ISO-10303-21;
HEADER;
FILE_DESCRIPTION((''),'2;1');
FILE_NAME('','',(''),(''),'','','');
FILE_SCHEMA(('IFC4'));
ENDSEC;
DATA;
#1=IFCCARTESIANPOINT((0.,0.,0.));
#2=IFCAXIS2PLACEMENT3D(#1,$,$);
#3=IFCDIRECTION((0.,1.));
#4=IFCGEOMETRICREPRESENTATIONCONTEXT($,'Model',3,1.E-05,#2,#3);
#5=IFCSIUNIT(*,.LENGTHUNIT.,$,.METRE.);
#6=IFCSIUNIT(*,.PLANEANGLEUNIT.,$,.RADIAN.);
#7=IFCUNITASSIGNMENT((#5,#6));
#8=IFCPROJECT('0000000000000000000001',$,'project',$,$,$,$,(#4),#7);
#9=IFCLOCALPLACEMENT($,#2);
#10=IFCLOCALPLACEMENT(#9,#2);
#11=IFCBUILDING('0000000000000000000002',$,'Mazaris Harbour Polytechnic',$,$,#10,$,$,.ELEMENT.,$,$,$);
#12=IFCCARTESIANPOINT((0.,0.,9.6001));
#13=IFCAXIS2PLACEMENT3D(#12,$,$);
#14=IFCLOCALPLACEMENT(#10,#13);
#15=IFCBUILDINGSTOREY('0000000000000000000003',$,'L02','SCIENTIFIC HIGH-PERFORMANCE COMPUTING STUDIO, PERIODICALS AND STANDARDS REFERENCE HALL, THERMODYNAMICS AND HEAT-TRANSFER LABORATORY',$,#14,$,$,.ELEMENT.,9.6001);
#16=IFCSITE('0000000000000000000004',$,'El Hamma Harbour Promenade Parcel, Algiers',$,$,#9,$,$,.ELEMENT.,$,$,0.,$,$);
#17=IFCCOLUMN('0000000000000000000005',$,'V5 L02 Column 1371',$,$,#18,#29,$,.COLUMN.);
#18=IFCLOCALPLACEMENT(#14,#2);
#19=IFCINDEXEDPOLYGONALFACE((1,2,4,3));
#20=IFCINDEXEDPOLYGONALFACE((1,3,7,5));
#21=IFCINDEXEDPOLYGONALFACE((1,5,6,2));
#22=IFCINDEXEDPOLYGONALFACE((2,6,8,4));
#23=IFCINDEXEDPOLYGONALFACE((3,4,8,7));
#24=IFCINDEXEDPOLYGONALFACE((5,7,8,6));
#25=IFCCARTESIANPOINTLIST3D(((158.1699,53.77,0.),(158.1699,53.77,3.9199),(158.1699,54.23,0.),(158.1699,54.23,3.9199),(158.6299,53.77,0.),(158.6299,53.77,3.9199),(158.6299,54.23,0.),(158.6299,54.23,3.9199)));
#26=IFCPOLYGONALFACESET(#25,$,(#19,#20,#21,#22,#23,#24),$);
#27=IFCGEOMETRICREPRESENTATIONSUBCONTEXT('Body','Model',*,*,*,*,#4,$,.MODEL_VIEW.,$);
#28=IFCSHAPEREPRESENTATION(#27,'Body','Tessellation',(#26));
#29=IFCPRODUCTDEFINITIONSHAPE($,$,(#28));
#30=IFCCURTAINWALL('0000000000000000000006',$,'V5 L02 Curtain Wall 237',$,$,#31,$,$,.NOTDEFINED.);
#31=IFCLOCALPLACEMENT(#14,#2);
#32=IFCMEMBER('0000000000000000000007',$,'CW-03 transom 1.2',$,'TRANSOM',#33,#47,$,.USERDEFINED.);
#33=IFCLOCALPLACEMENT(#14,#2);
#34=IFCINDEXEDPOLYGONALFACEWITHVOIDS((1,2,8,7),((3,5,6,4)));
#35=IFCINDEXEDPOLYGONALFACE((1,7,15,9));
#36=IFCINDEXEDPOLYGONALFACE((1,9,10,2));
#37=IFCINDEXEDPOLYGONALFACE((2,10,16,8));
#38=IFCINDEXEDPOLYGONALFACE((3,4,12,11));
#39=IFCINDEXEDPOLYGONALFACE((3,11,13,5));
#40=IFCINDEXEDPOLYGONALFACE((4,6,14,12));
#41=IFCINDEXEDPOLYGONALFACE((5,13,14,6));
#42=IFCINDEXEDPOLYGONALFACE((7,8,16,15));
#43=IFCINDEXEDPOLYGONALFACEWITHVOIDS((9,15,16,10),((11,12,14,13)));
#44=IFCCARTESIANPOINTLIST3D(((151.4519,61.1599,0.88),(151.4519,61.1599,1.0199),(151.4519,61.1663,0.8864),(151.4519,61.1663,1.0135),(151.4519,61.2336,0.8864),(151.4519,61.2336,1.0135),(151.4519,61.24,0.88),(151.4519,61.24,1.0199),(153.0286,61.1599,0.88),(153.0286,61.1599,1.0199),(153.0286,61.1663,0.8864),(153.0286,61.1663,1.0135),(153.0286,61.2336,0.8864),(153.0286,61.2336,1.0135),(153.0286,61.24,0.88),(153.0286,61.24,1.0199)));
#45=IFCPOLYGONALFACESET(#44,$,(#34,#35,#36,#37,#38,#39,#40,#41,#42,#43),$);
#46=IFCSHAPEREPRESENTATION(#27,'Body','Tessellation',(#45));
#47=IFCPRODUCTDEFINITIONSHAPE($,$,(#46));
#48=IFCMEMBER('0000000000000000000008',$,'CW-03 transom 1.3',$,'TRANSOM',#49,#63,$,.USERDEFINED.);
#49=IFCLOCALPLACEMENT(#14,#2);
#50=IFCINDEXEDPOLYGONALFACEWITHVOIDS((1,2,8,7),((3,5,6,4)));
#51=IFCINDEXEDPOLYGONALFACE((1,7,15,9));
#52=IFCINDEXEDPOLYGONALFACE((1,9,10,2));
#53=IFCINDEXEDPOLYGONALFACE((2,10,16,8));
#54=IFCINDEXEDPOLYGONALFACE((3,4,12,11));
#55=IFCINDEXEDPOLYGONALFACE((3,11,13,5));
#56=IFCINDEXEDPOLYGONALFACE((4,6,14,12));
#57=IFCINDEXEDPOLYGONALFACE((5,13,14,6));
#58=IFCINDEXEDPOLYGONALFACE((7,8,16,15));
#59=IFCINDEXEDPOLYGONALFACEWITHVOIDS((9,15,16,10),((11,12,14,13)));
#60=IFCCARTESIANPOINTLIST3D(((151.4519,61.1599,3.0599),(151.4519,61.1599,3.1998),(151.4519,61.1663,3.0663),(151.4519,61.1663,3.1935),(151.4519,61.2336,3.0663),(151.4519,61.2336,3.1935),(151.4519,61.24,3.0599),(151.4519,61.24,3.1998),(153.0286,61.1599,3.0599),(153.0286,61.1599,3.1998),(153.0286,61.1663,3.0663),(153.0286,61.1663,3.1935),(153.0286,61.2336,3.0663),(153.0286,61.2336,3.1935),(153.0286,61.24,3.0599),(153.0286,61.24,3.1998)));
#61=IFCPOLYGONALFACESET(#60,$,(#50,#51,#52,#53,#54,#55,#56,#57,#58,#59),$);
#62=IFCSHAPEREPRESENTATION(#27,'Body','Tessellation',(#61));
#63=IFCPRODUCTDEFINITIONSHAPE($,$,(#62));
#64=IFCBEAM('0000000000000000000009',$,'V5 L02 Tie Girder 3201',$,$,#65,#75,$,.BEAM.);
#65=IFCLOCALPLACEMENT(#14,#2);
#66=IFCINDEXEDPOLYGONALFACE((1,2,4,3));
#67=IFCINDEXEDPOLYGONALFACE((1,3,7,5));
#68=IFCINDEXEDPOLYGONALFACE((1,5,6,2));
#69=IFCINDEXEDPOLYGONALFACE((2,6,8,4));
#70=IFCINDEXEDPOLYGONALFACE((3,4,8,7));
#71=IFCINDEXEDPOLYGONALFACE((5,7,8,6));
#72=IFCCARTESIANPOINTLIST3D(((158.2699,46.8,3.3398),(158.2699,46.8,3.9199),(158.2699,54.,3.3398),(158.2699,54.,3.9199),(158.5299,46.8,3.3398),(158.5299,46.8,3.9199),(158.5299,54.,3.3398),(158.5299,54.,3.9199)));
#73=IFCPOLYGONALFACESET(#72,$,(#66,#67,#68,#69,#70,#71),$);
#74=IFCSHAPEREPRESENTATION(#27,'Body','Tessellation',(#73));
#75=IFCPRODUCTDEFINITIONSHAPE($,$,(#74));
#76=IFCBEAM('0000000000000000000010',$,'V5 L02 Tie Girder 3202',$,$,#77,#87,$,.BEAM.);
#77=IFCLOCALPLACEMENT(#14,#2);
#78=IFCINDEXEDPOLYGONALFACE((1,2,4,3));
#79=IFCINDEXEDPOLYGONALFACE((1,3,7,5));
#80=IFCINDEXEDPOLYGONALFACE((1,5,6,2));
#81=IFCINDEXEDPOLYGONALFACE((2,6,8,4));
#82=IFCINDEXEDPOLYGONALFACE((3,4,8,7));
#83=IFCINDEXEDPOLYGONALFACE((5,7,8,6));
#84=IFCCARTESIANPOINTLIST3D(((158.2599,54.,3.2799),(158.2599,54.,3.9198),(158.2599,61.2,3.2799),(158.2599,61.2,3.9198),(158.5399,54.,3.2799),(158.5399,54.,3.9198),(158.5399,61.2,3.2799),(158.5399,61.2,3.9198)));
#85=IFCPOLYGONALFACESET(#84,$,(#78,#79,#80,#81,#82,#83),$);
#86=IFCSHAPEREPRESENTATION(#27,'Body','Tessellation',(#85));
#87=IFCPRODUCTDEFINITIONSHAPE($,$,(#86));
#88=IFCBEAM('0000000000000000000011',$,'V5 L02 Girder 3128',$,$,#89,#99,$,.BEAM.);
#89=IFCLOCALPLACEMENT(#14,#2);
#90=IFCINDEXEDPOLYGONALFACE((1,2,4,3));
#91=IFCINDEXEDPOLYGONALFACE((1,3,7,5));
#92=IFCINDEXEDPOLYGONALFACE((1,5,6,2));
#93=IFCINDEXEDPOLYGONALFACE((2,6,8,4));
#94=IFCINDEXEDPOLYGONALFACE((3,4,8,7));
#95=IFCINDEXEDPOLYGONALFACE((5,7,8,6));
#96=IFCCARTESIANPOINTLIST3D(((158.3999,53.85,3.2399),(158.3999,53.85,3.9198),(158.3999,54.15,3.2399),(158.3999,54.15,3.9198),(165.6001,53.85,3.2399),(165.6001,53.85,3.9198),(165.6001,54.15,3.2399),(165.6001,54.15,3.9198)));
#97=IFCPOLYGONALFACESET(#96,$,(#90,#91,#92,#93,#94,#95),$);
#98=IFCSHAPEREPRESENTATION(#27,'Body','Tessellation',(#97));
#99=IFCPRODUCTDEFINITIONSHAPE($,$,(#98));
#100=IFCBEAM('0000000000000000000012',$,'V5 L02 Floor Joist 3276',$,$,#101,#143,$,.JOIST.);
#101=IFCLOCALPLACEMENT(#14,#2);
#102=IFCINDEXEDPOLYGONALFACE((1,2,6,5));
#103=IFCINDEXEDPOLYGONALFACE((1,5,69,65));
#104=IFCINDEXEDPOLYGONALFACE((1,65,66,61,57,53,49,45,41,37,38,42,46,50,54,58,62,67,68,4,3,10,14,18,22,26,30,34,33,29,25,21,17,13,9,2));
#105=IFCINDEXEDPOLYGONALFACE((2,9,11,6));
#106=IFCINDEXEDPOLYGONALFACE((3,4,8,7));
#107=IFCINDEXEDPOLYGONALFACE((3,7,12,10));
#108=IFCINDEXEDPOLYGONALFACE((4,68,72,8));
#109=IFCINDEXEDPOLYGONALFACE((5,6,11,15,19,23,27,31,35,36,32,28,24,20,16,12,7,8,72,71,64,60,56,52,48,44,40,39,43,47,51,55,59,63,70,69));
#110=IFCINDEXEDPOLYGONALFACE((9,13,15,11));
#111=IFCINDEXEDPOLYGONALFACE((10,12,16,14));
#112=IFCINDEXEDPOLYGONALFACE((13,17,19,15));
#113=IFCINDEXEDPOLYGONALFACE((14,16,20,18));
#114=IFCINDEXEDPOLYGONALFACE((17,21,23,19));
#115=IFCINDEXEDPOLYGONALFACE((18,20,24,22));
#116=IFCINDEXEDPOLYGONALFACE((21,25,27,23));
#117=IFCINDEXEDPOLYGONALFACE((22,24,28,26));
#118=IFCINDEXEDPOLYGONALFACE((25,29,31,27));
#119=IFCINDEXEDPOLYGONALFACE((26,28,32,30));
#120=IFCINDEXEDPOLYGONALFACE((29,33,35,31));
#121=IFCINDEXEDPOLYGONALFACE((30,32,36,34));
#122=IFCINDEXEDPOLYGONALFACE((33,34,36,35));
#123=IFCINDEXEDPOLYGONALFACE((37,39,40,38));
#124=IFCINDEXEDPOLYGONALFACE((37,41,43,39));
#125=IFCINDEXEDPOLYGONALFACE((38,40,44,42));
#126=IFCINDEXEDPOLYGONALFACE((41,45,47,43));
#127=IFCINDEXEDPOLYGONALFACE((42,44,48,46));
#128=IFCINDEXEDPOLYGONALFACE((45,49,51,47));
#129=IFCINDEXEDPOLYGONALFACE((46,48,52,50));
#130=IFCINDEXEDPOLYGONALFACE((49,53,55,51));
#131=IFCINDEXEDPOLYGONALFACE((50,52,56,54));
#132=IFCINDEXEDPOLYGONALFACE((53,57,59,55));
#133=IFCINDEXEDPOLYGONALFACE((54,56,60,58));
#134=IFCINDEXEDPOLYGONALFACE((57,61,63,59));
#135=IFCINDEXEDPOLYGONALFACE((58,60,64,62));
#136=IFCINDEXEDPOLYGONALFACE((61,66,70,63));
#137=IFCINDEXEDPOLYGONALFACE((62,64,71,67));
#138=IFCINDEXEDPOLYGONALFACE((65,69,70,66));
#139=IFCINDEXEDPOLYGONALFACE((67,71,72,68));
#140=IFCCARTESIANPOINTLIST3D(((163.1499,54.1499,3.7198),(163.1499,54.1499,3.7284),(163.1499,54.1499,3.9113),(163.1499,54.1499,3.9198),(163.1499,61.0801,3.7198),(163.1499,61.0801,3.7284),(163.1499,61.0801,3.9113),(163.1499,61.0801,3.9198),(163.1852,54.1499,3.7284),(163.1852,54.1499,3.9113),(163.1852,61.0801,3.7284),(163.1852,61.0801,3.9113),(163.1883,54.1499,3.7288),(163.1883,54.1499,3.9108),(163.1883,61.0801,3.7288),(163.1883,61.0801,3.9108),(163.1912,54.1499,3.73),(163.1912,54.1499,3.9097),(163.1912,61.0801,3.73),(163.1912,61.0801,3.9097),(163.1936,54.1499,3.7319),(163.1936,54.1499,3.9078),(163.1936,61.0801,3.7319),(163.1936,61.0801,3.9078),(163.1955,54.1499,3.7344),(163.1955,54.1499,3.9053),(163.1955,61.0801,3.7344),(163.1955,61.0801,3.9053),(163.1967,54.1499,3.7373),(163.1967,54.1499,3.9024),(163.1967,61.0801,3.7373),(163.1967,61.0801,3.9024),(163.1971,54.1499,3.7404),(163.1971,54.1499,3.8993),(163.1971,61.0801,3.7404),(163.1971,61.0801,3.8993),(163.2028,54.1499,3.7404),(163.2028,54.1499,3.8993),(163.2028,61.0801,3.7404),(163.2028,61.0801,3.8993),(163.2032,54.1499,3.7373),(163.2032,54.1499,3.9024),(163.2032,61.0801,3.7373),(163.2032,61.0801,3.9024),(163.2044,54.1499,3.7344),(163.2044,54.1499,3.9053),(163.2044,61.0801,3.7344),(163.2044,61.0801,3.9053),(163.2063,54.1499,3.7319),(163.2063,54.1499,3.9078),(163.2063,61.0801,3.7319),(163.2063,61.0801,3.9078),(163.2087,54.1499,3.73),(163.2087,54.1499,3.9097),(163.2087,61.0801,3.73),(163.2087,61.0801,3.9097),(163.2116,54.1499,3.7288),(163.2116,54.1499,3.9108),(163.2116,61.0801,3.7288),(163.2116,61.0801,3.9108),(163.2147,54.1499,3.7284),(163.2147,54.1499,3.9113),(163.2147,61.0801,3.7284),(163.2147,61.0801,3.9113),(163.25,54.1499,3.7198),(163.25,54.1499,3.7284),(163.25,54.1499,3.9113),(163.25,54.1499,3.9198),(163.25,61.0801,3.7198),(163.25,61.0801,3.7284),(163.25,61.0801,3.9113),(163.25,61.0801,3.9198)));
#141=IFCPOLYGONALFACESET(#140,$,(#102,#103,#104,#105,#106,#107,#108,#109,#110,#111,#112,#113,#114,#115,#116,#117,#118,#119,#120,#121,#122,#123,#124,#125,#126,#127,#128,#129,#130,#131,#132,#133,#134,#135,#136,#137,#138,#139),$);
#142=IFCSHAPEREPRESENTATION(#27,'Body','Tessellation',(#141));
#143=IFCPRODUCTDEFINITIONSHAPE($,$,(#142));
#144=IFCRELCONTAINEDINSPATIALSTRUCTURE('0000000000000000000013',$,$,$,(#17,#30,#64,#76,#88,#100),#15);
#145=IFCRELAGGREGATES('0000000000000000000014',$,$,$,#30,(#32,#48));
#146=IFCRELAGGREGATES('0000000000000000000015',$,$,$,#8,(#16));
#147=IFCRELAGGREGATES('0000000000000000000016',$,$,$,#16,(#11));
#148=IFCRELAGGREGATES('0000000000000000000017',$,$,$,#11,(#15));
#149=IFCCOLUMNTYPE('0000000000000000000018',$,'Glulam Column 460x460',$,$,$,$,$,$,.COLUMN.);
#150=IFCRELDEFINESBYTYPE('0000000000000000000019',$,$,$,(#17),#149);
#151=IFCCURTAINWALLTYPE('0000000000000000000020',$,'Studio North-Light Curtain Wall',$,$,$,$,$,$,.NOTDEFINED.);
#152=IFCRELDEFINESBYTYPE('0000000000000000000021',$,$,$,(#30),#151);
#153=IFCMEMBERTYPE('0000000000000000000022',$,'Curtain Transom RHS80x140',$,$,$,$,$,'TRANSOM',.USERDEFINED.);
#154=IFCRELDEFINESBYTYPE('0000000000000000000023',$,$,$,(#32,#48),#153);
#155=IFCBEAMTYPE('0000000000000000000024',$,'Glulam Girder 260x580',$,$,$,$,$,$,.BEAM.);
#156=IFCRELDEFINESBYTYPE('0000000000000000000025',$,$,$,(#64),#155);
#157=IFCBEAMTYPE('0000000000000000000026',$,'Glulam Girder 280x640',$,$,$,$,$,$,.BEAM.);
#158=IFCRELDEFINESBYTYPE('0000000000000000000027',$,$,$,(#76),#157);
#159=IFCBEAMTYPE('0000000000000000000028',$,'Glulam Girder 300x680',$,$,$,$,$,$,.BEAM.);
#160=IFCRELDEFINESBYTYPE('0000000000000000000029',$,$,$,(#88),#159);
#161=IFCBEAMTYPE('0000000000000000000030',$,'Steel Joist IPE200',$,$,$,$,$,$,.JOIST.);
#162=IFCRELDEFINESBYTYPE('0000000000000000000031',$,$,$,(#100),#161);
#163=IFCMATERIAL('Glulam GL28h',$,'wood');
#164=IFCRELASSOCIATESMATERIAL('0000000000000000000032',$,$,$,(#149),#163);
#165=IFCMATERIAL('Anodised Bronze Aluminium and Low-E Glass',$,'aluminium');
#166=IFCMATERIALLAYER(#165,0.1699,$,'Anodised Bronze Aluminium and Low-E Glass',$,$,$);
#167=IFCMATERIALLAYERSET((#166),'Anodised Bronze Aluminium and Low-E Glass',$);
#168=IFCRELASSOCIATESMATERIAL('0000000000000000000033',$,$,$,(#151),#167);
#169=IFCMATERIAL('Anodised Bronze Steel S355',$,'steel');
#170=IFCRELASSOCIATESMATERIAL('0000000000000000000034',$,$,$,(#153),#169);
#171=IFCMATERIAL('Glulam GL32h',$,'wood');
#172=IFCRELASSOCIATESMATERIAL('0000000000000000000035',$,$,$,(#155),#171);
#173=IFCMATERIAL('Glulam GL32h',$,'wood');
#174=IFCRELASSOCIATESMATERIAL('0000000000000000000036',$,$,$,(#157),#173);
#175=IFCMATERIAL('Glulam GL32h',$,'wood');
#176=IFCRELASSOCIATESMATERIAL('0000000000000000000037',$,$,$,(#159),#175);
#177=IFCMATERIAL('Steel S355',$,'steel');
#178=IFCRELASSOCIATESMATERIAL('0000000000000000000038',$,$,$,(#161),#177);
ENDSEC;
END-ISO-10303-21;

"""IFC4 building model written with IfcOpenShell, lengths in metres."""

from ifc_helpers import new_model, si_unit, direction, frame, origin, origin_2d, place, context, subcontext, project, spatial, rectangle, hollow_rectangle, i_section, extrude, material, layer, layer_set, material_profile, profile_set, type_object, element, aggregate, save


model = new_model("IFC4")

# Units and contexts
model_context = context("Model", 3, precision=1e-05, world=origin(), true_north=direction((0.0, 1.0)))
body_context = subcontext(model_context, "Body", "Model", "MODEL_VIEW")
ifc_project = project(units=[si_unit("LENGTHUNIT", "METRE"), si_unit("PLANEANGLEUNIT", "RADIAN")], contexts=[model_context])

# Site, building, storey
site_placement = place(None, origin())
site = spatial("IfcSite", under=ifc_project, at=site_placement, Name="El Hamma Harbour Promenade Parcel, Algiers", CompositionType="ELEMENT", RefElevation=0.0)
building_placement = place(site_placement, origin())
building = spatial("IfcBuilding", under=site, at=building_placement, Name="Mazaris Harbour Polytechnic", CompositionType="ELEMENT")
storey_placement = place(building_placement, frame((0.0, 0.0, 9.6001)))
storey = spatial("IfcBuildingStorey", under=building, at=storey_placement, Name="L02", Description="SCIENTIFIC HIGH-PERFORMANCE COMPUTING STUDIO, PERIODICALS AND STANDARDS REFERENCE HALL, THERMODYNAMICS AND HEAT-TRANSFER LABORATORY", CompositionType="ELEMENT", Elevation=9.6001)

# Column
ifc_material_1 = material(Name="Glulam GL28h", Category="wood")
ifc_material_profile_1 = material_profile(ifc_material_1, rectangle(XDim=0.46, YDim=0.46, at=origin_2d()), Name="RECT460x460")
ifc_profile_set_1 = profile_set([ifc_material_profile_1], Name="Glulam GL28h")
column_type = type_object("IfcColumnType", Name="Glulam Column 460x460", PredefinedType="COLUMN", material=ifc_profile_set_1)
column_placement = place(storey_placement, frame((158.3999, 54.0, 0.0), z_axis=(0.0, 0.0, 1.0), x_axis=(1.0, 0.0, 0.0)))
element("IfcColumn", 1, at=column_placement, inside=storey, type_object=column_type, Name="V5 L02 Column 1371", PredefinedType="COLUMN", context=body_context, shape_type="SweptSolid", body=[
    extrude(rectangle(XDim=0.46, YDim=0.46, at=origin_2d()), origin(), (0.0, 0.0, 1.0), 3.9199),
])

# Curtain wall, members
ifc_material_2 = material(Name="Anodised Bronze Aluminium and Low-E Glass", Category="aluminium")
ifc_layer_1 = layer(ifc_material_2, 0.1699, Name="Anodised Bronze Aluminium and Low-E Glass")
ifc_layer_set_1 = layer_set([ifc_layer_1], Name="Anodised Bronze Aluminium and Low-E Glass")
curtain_wall_type = type_object("IfcCurtainWallType", Name="Studio North-Light Curtain Wall", PredefinedType="NOTDEFINED", material=ifc_layer_set_1)
curtain_wall_placement = place(storey_placement, origin())
curtain_wall = element("IfcCurtainWall", 2, at=curtain_wall_placement, inside=storey, type_object=curtain_wall_type, Name="V5 L02 Curtain Wall 237", PredefinedType="NOTDEFINED")
ifc_material_3 = material(Name="Anodised Bronze Steel S355", Category="steel")
ifc_material_profile_2 = material_profile(ifc_material_3, hollow_rectangle(XDim=0.0801, YDim=0.1399, WallThickness=0.0063, at=origin_2d()), Name="RHS 80x140x6.3")
ifc_profile_set_2 = profile_set([ifc_material_profile_2], Name="Anodised Bronze Steel S355")
member_type = type_object("IfcMemberType", Name="Curtain Transom RHS80x140", ElementType="TRANSOM", PredefinedType="USERDEFINED", material=ifc_profile_set_2)
member_1_placement = place(storey_placement, frame((151.4519, 61.2, 0.95), z_axis=(1.0, 0.0, 0.0), x_axis=(0.0, 1.0, 0.0)))
member_1 = element("IfcMember", 3, at=member_1_placement, type_object=member_type, Name="CW-03 transom 1.2", ObjectType="TRANSOM", PredefinedType="USERDEFINED", context=body_context, shape_type="SweptSolid", body=[
    extrude(hollow_rectangle(XDim=0.0801, YDim=0.1399, WallThickness=0.0063, at=origin_2d()), origin(), (0.0, 0.0, 1.0), 1.5767),
])
member_2_placement = place(storey_placement, frame((151.4519, 61.2, 3.1299), z_axis=(1.0, 0.0, 0.0), x_axis=(0.0, 1.0, 0.0)))
member_2 = element("IfcMember", 4, at=member_2_placement, type_object=member_type, Name="CW-03 transom 1.3", ObjectType="TRANSOM", PredefinedType="USERDEFINED", context=body_context, shape_type="SweptSolid", body=[
    extrude(hollow_rectangle(XDim=0.0801, YDim=0.1399, WallThickness=0.0063, at=origin_2d()), origin(), (0.0, 0.0, 1.0), 1.5767),
])

# Beams
ifc_material_4 = material(Name="Glulam GL32h", Category="wood")
ifc_material_profile_3 = material_profile(ifc_material_4, rectangle(XDim=0.26, YDim=0.5801, at=origin_2d()), Name="RECT260x580")
ifc_profile_set_3 = profile_set([ifc_material_profile_3], Name="Glulam GL32h")
beam_type_1 = type_object("IfcBeamType", Name="Glulam Girder 260x580", PredefinedType="BEAM", material=ifc_profile_set_3)
beam_1_placement = place(storey_placement, frame((158.3999, 46.8, 3.6299), z_axis=(0.0, 1.0, 0.0), x_axis=(-1.0, 0.0, 0.0)))
element("IfcBeam", 5, at=beam_1_placement, inside=storey, type_object=beam_type_1, Name="V5 L02 Tie Girder 3201", PredefinedType="BEAM", context=body_context, shape_type="SweptSolid", body=[
    extrude(rectangle(XDim=0.26, YDim=0.5801, at=origin_2d()), origin(), (0.0, 0.0, 1.0), 7.2),
])
ifc_material_5 = material(Name="Glulam GL32h", Category="wood")
ifc_material_profile_4 = material_profile(ifc_material_5, rectangle(XDim=0.28, YDim=0.6399, at=origin_2d()), Name="RECT280x640")
ifc_profile_set_4 = profile_set([ifc_material_profile_4], Name="Glulam GL32h")
beam_type_2 = type_object("IfcBeamType", Name="Glulam Girder 280x640", PredefinedType="BEAM", material=ifc_profile_set_4)
beam_2_placement = place(storey_placement, frame((158.3999, 54.0, 3.5999), z_axis=(0.0, 1.0, 0.0), x_axis=(-1.0, 0.0, 0.0)))
element("IfcBeam", 6, at=beam_2_placement, inside=storey, type_object=beam_type_2, Name="V5 L02 Tie Girder 3202", PredefinedType="BEAM", context=body_context, shape_type="SweptSolid", body=[
    extrude(rectangle(XDim=0.28, YDim=0.6399, at=origin_2d()), origin(), (0.0, 0.0, 1.0), 7.2),
])
ifc_material_6 = material(Name="Glulam GL32h", Category="wood")
ifc_material_profile_5 = material_profile(ifc_material_6, rectangle(XDim=0.3, YDim=0.6799, at=origin_2d()), Name="RECT300x680")
ifc_profile_set_5 = profile_set([ifc_material_profile_5], Name="Glulam GL32h")
beam_type_3 = type_object("IfcBeamType", Name="Glulam Girder 300x680", PredefinedType="BEAM", material=ifc_profile_set_5)
beam_3_placement = place(storey_placement, frame((158.3999, 54.0, 3.5798), z_axis=(1.0, 0.0, 0.0), x_axis=(0.0, 1.0, 0.0)))
element("IfcBeam", 7, at=beam_3_placement, inside=storey, type_object=beam_type_3, Name="V5 L02 Girder 3128", PredefinedType="BEAM", context=body_context, shape_type="SweptSolid", body=[
    extrude(rectangle(XDim=0.3, YDim=0.6799, at=origin_2d()), origin(), (0.0, 0.0, 1.0), 7.2002),
])
ifc_material_7 = material(Name="Steel S355", Category="steel")
ifc_material_profile_6 = material_profile(ifc_material_7, i_section(OverallWidth=0.1001, OverallDepth=0.2, WebThickness=0.0056, FlangeThickness=0.0085, FilletRadius=0.012, at=origin_2d()), Name="IPE 200")
ifc_profile_set_6 = profile_set([ifc_material_profile_6], Name="Steel S355")
beam_type_4 = type_object("IfcBeamType", Name="Steel Joist IPE200", PredefinedType="JOIST", material=ifc_profile_set_6)
beam_4_placement = place(storey_placement, frame((163.2, 54.1499, 3.8198), z_axis=(0.0, 1.0, 0.0), x_axis=(-1.0, 0.0, 0.0)))
element("IfcBeam", 8, at=beam_4_placement, inside=storey, type_object=beam_type_4, Name="V5 L02 Floor Joist 3276", PredefinedType="JOIST", context=body_context, shape_type="SweptSolid", body=[
    extrude(i_section(OverallWidth=0.1001, OverallDepth=0.2, WebThickness=0.0056, FlangeThickness=0.0085, FilletRadius=0.012, at=origin_2d()), origin(), (0.0, 0.0, 1.0), 6.9302),
])

aggregate(curtain_wall, [member_1, member_2])

save(model, "model.ifc")
